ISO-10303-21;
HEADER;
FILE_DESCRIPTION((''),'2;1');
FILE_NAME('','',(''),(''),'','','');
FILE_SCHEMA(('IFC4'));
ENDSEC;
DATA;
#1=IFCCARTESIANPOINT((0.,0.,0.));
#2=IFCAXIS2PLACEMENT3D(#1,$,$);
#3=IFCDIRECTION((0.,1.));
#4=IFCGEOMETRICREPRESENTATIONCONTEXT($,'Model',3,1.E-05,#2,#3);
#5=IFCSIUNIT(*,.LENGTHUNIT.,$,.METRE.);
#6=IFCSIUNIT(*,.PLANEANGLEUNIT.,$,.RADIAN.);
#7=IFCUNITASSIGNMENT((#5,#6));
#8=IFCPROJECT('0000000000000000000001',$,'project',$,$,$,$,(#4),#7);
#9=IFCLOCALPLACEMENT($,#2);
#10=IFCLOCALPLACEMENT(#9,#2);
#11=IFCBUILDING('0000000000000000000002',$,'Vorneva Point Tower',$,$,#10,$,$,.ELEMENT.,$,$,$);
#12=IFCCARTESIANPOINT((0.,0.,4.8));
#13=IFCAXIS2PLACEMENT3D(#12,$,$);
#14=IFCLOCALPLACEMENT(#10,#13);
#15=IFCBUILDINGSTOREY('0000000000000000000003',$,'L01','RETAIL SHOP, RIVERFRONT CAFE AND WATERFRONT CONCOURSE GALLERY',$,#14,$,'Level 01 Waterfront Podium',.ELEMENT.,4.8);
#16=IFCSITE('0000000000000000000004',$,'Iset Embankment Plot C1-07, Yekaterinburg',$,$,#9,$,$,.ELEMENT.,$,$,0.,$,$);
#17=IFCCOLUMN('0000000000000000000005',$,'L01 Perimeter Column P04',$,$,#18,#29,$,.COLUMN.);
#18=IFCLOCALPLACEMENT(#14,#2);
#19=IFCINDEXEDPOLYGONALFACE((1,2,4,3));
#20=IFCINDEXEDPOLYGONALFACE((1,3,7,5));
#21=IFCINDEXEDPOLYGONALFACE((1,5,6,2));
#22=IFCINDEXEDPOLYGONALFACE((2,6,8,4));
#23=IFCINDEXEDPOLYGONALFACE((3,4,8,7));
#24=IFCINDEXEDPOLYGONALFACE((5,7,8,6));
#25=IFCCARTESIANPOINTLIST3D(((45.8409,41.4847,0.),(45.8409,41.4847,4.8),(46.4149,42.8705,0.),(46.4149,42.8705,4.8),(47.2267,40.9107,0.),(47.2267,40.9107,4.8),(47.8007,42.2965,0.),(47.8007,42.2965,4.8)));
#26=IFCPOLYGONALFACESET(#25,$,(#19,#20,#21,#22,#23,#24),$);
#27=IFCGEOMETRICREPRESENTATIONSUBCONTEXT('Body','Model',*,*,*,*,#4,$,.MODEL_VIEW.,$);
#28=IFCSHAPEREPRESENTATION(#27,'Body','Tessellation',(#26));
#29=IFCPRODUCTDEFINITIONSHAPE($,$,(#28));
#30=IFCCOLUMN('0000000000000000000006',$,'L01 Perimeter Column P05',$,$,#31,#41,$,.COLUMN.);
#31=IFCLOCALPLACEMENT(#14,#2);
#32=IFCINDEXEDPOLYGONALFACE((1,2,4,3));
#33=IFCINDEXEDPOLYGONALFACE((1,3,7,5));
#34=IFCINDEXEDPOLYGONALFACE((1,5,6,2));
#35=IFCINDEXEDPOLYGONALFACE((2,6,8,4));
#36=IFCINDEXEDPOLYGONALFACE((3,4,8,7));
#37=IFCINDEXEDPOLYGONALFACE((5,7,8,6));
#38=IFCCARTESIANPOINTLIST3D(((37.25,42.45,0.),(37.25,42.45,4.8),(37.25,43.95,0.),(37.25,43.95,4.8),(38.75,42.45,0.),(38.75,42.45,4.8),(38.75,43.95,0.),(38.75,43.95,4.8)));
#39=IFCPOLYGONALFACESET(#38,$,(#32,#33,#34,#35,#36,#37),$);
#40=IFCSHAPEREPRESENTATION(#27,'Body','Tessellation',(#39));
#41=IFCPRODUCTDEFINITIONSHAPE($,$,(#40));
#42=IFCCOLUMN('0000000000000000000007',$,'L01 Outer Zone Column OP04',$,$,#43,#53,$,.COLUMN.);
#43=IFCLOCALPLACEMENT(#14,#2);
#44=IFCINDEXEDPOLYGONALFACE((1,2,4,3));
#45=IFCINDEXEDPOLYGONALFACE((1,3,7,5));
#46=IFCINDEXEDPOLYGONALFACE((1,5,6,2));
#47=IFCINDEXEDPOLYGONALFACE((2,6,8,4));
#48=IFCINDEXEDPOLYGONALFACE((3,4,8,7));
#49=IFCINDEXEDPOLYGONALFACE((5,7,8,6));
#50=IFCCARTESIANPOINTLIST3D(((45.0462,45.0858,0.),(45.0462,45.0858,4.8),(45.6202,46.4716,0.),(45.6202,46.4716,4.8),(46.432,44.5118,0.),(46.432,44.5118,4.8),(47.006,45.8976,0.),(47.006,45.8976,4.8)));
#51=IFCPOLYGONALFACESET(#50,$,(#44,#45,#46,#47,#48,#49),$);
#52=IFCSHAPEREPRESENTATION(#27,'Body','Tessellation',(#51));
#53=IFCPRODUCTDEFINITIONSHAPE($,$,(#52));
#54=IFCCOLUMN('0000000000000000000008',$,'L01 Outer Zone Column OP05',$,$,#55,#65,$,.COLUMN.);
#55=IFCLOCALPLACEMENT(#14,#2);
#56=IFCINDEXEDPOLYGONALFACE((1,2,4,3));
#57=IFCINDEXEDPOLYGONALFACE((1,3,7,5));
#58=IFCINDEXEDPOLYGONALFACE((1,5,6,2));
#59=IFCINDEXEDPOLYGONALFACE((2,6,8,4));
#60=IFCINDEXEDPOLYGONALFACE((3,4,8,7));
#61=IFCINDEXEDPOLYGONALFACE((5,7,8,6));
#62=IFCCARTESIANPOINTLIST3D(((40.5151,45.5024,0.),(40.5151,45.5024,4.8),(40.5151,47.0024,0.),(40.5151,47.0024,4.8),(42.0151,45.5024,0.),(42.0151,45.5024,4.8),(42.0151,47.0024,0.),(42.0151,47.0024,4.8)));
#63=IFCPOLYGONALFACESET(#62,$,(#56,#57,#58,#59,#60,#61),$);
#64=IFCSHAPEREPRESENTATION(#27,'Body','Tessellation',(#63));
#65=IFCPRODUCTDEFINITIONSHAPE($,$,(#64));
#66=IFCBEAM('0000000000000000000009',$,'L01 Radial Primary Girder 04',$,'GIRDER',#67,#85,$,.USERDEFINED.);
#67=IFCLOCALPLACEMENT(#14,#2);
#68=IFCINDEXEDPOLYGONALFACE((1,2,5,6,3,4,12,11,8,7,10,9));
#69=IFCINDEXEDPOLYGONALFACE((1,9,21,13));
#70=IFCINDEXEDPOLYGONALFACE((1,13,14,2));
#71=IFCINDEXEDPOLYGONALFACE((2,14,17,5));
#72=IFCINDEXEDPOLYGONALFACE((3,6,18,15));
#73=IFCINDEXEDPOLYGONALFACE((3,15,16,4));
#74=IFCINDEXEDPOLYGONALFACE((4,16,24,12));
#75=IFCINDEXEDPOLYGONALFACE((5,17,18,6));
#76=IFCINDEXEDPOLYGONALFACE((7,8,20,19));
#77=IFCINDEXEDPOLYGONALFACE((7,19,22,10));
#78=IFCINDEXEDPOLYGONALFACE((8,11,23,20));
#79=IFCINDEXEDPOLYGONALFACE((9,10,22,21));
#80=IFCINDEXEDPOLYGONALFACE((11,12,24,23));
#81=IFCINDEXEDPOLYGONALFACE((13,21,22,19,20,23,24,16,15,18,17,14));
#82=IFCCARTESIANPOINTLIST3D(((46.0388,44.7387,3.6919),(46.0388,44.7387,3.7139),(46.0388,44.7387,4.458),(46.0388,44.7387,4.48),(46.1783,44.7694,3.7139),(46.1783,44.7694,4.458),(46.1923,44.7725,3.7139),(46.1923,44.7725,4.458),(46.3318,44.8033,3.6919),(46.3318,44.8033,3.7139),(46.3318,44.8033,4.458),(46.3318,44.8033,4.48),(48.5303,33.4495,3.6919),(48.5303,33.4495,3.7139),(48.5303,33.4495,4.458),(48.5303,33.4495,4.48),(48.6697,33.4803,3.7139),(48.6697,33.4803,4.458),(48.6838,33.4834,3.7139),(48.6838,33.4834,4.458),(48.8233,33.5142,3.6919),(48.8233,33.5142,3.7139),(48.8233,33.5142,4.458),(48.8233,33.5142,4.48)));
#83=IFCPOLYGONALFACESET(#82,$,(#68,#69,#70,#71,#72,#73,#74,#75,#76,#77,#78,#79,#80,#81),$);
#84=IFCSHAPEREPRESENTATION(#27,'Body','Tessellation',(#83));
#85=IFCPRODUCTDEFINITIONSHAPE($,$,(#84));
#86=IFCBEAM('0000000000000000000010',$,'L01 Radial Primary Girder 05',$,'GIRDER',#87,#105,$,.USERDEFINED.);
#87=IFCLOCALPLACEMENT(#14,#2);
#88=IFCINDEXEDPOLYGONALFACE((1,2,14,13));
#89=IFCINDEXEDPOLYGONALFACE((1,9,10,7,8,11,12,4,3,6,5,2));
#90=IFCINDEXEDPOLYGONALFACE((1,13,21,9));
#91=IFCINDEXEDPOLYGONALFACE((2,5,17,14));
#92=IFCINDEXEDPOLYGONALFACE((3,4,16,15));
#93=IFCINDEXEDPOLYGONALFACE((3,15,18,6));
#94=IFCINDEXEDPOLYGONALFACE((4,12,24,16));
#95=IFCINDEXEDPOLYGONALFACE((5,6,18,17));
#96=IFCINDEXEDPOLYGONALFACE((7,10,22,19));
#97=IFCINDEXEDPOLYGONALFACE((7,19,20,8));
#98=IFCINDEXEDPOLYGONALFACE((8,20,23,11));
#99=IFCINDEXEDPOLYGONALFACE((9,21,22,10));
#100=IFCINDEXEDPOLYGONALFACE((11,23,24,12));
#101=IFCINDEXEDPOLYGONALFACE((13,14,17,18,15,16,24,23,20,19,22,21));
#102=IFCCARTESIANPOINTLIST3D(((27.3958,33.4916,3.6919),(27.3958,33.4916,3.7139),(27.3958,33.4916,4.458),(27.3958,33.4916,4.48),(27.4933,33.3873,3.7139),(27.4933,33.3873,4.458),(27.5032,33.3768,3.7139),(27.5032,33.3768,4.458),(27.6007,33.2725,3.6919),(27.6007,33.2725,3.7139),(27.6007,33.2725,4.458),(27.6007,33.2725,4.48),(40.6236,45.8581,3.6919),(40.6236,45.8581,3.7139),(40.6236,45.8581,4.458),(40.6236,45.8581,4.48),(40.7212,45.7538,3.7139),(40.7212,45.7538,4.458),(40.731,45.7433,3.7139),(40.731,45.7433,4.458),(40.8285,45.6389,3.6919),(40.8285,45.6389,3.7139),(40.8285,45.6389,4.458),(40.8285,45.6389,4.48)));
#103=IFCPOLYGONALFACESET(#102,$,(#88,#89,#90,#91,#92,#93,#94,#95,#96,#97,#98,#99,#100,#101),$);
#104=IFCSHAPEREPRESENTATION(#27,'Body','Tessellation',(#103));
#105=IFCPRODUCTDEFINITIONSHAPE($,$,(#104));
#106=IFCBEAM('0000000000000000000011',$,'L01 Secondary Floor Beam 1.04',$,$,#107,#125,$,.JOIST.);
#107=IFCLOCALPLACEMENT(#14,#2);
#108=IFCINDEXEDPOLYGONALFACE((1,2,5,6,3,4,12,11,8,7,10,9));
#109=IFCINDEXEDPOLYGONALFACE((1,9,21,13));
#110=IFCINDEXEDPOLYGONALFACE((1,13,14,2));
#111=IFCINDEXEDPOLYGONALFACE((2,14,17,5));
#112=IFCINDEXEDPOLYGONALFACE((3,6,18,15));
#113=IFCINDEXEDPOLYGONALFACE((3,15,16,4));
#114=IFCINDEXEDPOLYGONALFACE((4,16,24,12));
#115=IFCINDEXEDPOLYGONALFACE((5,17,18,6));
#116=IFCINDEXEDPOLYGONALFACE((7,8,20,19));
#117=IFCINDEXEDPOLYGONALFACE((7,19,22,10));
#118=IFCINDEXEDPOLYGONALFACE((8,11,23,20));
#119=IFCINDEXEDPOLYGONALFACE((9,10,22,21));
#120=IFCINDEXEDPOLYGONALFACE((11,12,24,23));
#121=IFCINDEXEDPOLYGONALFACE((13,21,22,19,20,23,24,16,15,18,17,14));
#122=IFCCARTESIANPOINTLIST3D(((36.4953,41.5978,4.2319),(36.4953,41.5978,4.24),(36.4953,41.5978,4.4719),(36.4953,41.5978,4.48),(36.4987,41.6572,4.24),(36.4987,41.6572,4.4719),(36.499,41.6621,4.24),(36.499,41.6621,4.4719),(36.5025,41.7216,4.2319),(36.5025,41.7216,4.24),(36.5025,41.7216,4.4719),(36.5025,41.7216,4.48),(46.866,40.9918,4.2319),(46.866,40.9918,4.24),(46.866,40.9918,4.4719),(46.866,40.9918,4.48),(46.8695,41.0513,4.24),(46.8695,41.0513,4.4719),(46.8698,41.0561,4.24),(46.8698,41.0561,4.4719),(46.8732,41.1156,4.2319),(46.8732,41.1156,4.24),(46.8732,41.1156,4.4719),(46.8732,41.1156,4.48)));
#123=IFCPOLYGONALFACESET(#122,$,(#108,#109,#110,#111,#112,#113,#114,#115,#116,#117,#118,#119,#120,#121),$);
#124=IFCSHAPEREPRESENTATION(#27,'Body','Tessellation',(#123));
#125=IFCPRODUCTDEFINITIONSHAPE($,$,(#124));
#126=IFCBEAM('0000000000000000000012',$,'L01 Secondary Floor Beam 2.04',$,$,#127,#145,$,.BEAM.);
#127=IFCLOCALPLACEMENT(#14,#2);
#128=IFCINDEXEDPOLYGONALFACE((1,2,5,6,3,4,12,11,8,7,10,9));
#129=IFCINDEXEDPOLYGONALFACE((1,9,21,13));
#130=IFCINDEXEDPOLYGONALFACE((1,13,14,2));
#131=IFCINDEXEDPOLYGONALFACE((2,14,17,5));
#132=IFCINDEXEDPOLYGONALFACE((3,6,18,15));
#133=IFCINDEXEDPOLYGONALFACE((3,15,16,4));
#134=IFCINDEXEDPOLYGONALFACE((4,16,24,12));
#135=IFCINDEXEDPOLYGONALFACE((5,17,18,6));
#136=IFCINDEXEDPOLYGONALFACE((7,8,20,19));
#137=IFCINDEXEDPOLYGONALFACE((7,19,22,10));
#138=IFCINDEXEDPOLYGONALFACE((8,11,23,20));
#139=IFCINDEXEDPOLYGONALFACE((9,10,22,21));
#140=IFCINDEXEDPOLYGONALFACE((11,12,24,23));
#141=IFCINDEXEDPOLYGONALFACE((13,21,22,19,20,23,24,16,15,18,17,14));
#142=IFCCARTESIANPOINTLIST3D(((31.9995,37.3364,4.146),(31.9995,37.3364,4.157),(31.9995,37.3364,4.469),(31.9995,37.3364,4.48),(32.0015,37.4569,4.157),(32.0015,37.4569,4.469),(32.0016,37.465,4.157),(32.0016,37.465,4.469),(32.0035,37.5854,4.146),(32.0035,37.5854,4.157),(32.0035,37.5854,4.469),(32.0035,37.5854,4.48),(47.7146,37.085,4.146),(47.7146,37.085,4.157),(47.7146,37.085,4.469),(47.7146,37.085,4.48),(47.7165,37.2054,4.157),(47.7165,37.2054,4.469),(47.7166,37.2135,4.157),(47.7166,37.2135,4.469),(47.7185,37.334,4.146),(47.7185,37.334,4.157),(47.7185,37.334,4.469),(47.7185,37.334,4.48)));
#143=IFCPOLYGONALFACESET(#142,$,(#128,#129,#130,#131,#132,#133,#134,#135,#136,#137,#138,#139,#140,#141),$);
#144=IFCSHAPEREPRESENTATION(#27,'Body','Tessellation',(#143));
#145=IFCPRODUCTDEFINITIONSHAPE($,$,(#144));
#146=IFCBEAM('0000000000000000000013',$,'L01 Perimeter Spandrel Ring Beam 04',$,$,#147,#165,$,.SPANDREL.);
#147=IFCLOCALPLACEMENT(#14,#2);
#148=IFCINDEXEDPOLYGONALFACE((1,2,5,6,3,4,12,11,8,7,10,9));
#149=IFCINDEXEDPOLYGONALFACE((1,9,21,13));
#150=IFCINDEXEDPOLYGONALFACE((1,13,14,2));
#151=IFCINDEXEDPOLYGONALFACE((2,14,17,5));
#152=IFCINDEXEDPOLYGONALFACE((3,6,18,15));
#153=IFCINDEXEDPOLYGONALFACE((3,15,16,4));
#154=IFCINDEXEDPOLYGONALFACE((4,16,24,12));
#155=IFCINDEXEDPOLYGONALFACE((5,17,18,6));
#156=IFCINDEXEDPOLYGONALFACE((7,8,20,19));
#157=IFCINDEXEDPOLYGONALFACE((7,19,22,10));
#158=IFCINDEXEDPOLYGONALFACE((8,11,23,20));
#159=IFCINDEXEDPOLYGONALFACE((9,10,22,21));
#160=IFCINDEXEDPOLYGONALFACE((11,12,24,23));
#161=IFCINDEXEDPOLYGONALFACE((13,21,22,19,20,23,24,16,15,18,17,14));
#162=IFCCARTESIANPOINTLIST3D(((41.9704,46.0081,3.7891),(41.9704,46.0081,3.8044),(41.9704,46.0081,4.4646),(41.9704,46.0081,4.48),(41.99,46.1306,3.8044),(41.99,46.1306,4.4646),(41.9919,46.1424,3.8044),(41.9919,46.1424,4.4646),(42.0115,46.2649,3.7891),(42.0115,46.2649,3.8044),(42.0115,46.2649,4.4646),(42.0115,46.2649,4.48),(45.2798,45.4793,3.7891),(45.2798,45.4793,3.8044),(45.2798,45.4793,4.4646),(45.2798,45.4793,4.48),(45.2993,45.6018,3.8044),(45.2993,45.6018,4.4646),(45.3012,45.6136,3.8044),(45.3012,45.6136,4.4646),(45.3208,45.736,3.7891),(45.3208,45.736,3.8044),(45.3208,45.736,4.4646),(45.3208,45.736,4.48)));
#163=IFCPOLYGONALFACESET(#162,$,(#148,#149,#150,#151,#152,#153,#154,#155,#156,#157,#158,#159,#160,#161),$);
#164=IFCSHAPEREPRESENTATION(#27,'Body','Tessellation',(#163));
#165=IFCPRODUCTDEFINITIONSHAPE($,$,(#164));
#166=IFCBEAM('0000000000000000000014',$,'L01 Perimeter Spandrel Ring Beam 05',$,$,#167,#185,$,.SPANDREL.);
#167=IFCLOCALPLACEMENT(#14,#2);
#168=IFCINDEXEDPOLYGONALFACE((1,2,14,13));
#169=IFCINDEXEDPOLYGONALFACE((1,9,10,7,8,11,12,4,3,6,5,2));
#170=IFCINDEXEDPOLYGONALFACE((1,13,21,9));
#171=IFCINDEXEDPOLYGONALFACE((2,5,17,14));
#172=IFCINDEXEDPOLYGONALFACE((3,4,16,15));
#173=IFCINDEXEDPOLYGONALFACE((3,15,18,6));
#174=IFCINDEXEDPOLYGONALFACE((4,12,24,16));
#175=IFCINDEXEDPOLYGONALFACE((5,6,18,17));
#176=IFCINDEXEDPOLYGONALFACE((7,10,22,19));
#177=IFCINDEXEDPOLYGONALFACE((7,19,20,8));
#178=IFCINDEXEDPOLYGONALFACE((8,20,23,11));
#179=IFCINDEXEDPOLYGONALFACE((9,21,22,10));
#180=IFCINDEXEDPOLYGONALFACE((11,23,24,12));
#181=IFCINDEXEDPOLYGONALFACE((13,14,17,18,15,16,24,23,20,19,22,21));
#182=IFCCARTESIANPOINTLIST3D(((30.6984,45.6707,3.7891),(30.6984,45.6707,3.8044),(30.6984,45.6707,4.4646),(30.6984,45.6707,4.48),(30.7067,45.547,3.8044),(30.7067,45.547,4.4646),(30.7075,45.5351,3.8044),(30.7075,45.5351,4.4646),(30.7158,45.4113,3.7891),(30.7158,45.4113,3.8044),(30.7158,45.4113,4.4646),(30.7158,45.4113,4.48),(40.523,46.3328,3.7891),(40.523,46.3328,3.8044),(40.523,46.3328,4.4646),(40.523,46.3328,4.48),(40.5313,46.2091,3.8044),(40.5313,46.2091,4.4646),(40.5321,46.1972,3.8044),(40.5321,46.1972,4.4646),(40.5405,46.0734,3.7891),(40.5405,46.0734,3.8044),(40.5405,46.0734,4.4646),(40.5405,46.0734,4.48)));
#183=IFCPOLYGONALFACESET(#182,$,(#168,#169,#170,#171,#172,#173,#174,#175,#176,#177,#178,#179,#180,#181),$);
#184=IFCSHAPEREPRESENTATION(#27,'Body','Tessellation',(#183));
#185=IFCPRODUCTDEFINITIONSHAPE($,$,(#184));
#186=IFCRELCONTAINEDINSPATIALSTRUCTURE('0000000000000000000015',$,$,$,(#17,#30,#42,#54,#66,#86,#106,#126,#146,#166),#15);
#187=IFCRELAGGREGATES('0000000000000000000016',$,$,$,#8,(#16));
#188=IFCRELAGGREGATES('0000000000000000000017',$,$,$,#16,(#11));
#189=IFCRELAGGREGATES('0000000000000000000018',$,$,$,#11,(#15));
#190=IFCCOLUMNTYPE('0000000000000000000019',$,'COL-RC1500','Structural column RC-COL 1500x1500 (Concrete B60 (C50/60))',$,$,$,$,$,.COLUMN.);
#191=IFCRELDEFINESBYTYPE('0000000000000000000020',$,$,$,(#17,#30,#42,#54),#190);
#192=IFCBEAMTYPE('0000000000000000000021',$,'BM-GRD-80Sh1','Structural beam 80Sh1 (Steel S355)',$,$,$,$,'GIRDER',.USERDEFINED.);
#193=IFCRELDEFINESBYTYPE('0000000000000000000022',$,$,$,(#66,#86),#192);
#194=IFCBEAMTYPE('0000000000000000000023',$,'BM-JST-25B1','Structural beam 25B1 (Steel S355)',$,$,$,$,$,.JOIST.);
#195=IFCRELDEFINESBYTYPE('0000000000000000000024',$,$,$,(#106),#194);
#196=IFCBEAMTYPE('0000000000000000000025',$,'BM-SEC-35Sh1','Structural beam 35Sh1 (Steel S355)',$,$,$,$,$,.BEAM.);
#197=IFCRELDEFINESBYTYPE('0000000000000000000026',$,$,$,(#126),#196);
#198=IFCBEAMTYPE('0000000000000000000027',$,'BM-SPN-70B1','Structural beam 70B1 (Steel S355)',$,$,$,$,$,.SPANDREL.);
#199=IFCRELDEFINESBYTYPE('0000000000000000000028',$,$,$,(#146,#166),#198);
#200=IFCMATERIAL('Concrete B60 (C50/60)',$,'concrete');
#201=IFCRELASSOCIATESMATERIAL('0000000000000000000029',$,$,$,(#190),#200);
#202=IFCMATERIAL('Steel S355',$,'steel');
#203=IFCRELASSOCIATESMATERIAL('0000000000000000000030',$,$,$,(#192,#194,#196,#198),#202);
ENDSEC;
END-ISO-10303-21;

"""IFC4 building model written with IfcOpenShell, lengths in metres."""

from ifc_helpers import new_model, si_unit, direction, frame, origin, origin_2d, place, context, subcontext, project, spatial, rectangle, i_section, extrude, material, material_profile, profile_set, type_object, element, save


model = new_model("IFC4")

# Units and contexts
model_context = context("Model", 3, precision=1e-05, world=origin(), true_north=direction((0.0, 1.0)))
body_context = subcontext(model_context, "Body", "Model", "MODEL_VIEW")
ifc_project = project(units=[si_unit("LENGTHUNIT", "METRE"), si_unit("PLANEANGLEUNIT", "RADIAN")], contexts=[model_context])

# Site, building, storey
site_placement = place(None, origin())
site = spatial("IfcSite", under=ifc_project, at=site_placement, Name="Iset Embankment Plot C1-07, Yekaterinburg", CompositionType="ELEMENT", RefElevation=0.0)
building_placement = place(site_placement, origin())
building = spatial("IfcBuilding", under=site, at=building_placement, Name="Vorneva Point Tower", CompositionType="ELEMENT")
storey_placement = place(building_placement, frame((0.0, 0.0, 4.8)))
storey = spatial("IfcBuildingStorey", under=building, at=storey_placement, Name="L01", Description="RETAIL SHOP, RIVERFRONT CAFE AND WATERFRONT CONCOURSE GALLERY", LongName="Level 01 Waterfront Podium", CompositionType="ELEMENT", Elevation=4.8)

# Columns
ifc_material_1 = material(Name="Concrete B60 (C50/60)", Category="concrete")
ifc_material_profile_1 = material_profile(ifc_material_1, rectangle(XDim=1.5, YDim=1.5, at=origin_2d()), Name="RC-COL 1500x1500")
ifc_profile_set_1 = profile_set([ifc_material_profile_1], Name="Concrete B60 (C50/60)")
column_type = type_object("IfcColumnType", Name="COL-RC1500", Description="Structural column RC-COL 1500x1500 (Concrete B60 (C50/60))", PredefinedType="COLUMN", material=ifc_profile_set_1)
for number, where, z_axis, x_axis, name in (
    (1, (46.8208, 41.8906, 0.0), (0.0, 0.0, 1.0), (0.382683, 0.92388, 0.0), "L01 Perimeter Column P04"),
    (2, (38.0, 43.2, 0.0), (0.0, 0.0, 1.0), (0.0, 1.0, 0.0), "L01 Perimeter Column P05"),
    (3, (46.0261, 45.4917, 0.0), (0.0, 0.0, 1.0), (0.382683, 0.92388, 0.0), "L01 Outer Zone Column OP04"),
    (4, (41.2651, 46.2524, 0.0), (0.0, 0.0, 1.0), (0.0, 1.0, 0.0), "L01 Outer Zone Column OP05"),
):
    element("IfcColumn", number, at=place(storey_placement, frame(where, z_axis=z_axis, x_axis=x_axis)), inside=storey, type_object=column_type, Name=name, PredefinedType="COLUMN", context=body_context, shape_type="SweptSolid", body=[
        extrude(rectangle(XDim=1.5, YDim=1.5, at=origin_2d()), origin(), (0.0, 0.0, 1.0), 4.8),
    ])

# Beams
ifc_material_2 = material(Name="Steel S355", Category="steel")
ifc_material_profile_2 = material_profile(ifc_material_2, i_section(OverallWidth=0.3, OverallDepth=0.7881, WebThickness=0.0144, FlangeThickness=0.022, at=origin_2d()), Name="80Sh1")
ifc_profile_set_2 = profile_set([ifc_material_profile_2], Name="Steel S355")
beam_type_1 = type_object("IfcBeamType", Name="BM-GRD-80Sh1", Description="Structural beam 80Sh1 (Steel S355)", ElementType="GIRDER", PredefinedType="USERDEFINED", material=ifc_profile_set_2)
beam_1_placement = place(storey_placement, frame((46.1853, 44.771, 4.0859), z_axis=(0.21551, -0.976502, 0.0), x_axis=(0.976502, 0.21551, 0.0)))
element("IfcBeam", 5, at=beam_1_placement, inside=storey, type_object=beam_type_1, Name="L01 Radial Primary Girder 04", ObjectType="GIRDER", PredefinedType="USERDEFINED", context=body_context, shape_type="SweptSolid", body=[
    extrude(i_section(OverallWidth=0.3, OverallDepth=0.7881, WebThickness=0.0144, FlangeThickness=0.022, at=origin_2d()), origin(), (0.0, 0.0, 1.0), 11.5608),
])
beam_2_placement = place(storey_placement, frame((40.7261, 45.7485, 4.0859), z_axis=(-0.73049, -0.682924, 0.0), x_axis=(0.682924, -0.73049, 0.0)))
element("IfcBeam", 6, at=beam_2_placement, inside=storey, type_object=beam_type_1, Name="L01 Radial Primary Girder 05", ObjectType="GIRDER", PredefinedType="USERDEFINED", context=body_context, shape_type="SweptSolid", body=[
    extrude(i_section(OverallWidth=0.3, OverallDepth=0.7881, WebThickness=0.0144, FlangeThickness=0.022, at=origin_2d()), origin(), (0.0, 0.0, 1.0), 18.1082),
])
ifc_material_profile_3 = material_profile(ifc_material_2, i_section(OverallWidth=0.124, OverallDepth=0.248, WebThickness=0.0049, FlangeThickness=0.0081, at=origin_2d()), Name="25B1")
ifc_profile_set_3 = profile_set([ifc_material_profile_3], Name="Steel S355")
beam_type_2 = type_object("IfcBeamType", Name="BM-JST-25B1", Description="Structural beam 25B1 (Steel S355)", PredefinedType="JOIST", material=ifc_profile_set_3)
beam_3_placement = place(storey_placement, frame((46.8696, 41.0537, 4.356), z_axis=(-0.998297, 0.058329, 0.0), x_axis=(-0.058329, -0.998297, 0.0)))
element("IfcBeam", 7, at=beam_3_placement, inside=storey, type_object=beam_type_2, Name="L01 Secondary Floor Beam 1.04", PredefinedType="JOIST", context=body_context, shape_type="SweptSolid", body=[
    extrude(i_section(OverallWidth=0.124, OverallDepth=0.248, WebThickness=0.0049, FlangeThickness=0.0081, at=origin_2d()), origin(), (0.0, 0.0, 1.0), 10.3884),
])
ifc_material_profile_4 = material_profile(ifc_material_2, i_section(OverallWidth=0.249, OverallDepth=0.334, WebThickness=0.0081, FlangeThickness=0.011, at=origin_2d()), Name="35Sh1")
ifc_profile_set_4 = profile_set([ifc_material_profile_4], Name="Steel S355")
beam_type_3 = type_object("IfcBeamType", Name="BM-SEC-35Sh1", Description="Structural beam 35Sh1 (Steel S355)", PredefinedType="BEAM", material=ifc_profile_set_4)
beam_4_placement = place(storey_placement, frame((47.7166, 37.2095, 4.313), z_axis=(-0.999872, 0.015999, 0.0), x_axis=(-0.015999, -0.999872, 0.0)))
element("IfcBeam", 8, at=beam_4_placement, inside=storey, type_object=beam_type_3, Name="L01 Secondary Floor Beam 2.04", PredefinedType="BEAM", context=body_context, shape_type="SweptSolid", body=[
    extrude(i_section(OverallWidth=0.249, OverallDepth=0.334, WebThickness=0.0081, FlangeThickness=0.011, at=origin_2d()), origin(), (0.0, 0.0, 1.0), 15.717),
])
ifc_material_profile_5 = material_profile(ifc_material_2, i_section(OverallWidth=0.26, OverallDepth=0.6909, WebThickness=0.012, FlangeThickness=0.0154, at=origin_2d()), Name="70B1")
ifc_profile_set_5 = profile_set([ifc_material_profile_5], Name="Steel S355")
beam_type_4 = type_object("IfcBeamType", Name="BM-SPN-70B1", Description="Structural beam 70B1 (Steel S355)", PredefinedType="SPANDREL", material=ifc_profile_set_5)
beam_5_placement = place(storey_placement, frame((45.3003, 45.6077, 4.1345), z_axis=(-0.987472, 0.157792, 0.0), x_axis=(-0.157792, -0.987472, 0.0)))
element("IfcBeam", 9, at=beam_5_placement, inside=storey, type_object=beam_type_4, Name="L01 Perimeter Spandrel Ring Beam 04", PredefinedType="SPANDREL", context=body_context, shape_type="SweptSolid", body=[
    extrude(i_section(OverallWidth=0.26, OverallDepth=0.6909, WebThickness=0.012, FlangeThickness=0.0154, at=origin_2d()), origin(), (0.0, 0.0, 1.0), 3.3513),
])
beam_6_placement = place(storey_placement, frame((40.5317, 46.2031, 4.1345), z_axis=(-0.997737, -0.06724, 0.0), x_axis=(0.06724, -0.997737, 0.0)))
element("IfcBeam", 10, at=beam_6_placement, inside=storey, type_object=beam_type_4, Name="L01 Perimeter Spandrel Ring Beam 05", PredefinedType="SPANDREL", context=body_context, shape_type="SweptSolid", body=[
    extrude(i_section(OverallWidth=0.26, OverallDepth=0.6909, WebThickness=0.012, FlangeThickness=0.0154, at=origin_2d()), origin(), (0.0, 0.0, 1.0), 9.8469),
])

save(model, "model.ifc")
